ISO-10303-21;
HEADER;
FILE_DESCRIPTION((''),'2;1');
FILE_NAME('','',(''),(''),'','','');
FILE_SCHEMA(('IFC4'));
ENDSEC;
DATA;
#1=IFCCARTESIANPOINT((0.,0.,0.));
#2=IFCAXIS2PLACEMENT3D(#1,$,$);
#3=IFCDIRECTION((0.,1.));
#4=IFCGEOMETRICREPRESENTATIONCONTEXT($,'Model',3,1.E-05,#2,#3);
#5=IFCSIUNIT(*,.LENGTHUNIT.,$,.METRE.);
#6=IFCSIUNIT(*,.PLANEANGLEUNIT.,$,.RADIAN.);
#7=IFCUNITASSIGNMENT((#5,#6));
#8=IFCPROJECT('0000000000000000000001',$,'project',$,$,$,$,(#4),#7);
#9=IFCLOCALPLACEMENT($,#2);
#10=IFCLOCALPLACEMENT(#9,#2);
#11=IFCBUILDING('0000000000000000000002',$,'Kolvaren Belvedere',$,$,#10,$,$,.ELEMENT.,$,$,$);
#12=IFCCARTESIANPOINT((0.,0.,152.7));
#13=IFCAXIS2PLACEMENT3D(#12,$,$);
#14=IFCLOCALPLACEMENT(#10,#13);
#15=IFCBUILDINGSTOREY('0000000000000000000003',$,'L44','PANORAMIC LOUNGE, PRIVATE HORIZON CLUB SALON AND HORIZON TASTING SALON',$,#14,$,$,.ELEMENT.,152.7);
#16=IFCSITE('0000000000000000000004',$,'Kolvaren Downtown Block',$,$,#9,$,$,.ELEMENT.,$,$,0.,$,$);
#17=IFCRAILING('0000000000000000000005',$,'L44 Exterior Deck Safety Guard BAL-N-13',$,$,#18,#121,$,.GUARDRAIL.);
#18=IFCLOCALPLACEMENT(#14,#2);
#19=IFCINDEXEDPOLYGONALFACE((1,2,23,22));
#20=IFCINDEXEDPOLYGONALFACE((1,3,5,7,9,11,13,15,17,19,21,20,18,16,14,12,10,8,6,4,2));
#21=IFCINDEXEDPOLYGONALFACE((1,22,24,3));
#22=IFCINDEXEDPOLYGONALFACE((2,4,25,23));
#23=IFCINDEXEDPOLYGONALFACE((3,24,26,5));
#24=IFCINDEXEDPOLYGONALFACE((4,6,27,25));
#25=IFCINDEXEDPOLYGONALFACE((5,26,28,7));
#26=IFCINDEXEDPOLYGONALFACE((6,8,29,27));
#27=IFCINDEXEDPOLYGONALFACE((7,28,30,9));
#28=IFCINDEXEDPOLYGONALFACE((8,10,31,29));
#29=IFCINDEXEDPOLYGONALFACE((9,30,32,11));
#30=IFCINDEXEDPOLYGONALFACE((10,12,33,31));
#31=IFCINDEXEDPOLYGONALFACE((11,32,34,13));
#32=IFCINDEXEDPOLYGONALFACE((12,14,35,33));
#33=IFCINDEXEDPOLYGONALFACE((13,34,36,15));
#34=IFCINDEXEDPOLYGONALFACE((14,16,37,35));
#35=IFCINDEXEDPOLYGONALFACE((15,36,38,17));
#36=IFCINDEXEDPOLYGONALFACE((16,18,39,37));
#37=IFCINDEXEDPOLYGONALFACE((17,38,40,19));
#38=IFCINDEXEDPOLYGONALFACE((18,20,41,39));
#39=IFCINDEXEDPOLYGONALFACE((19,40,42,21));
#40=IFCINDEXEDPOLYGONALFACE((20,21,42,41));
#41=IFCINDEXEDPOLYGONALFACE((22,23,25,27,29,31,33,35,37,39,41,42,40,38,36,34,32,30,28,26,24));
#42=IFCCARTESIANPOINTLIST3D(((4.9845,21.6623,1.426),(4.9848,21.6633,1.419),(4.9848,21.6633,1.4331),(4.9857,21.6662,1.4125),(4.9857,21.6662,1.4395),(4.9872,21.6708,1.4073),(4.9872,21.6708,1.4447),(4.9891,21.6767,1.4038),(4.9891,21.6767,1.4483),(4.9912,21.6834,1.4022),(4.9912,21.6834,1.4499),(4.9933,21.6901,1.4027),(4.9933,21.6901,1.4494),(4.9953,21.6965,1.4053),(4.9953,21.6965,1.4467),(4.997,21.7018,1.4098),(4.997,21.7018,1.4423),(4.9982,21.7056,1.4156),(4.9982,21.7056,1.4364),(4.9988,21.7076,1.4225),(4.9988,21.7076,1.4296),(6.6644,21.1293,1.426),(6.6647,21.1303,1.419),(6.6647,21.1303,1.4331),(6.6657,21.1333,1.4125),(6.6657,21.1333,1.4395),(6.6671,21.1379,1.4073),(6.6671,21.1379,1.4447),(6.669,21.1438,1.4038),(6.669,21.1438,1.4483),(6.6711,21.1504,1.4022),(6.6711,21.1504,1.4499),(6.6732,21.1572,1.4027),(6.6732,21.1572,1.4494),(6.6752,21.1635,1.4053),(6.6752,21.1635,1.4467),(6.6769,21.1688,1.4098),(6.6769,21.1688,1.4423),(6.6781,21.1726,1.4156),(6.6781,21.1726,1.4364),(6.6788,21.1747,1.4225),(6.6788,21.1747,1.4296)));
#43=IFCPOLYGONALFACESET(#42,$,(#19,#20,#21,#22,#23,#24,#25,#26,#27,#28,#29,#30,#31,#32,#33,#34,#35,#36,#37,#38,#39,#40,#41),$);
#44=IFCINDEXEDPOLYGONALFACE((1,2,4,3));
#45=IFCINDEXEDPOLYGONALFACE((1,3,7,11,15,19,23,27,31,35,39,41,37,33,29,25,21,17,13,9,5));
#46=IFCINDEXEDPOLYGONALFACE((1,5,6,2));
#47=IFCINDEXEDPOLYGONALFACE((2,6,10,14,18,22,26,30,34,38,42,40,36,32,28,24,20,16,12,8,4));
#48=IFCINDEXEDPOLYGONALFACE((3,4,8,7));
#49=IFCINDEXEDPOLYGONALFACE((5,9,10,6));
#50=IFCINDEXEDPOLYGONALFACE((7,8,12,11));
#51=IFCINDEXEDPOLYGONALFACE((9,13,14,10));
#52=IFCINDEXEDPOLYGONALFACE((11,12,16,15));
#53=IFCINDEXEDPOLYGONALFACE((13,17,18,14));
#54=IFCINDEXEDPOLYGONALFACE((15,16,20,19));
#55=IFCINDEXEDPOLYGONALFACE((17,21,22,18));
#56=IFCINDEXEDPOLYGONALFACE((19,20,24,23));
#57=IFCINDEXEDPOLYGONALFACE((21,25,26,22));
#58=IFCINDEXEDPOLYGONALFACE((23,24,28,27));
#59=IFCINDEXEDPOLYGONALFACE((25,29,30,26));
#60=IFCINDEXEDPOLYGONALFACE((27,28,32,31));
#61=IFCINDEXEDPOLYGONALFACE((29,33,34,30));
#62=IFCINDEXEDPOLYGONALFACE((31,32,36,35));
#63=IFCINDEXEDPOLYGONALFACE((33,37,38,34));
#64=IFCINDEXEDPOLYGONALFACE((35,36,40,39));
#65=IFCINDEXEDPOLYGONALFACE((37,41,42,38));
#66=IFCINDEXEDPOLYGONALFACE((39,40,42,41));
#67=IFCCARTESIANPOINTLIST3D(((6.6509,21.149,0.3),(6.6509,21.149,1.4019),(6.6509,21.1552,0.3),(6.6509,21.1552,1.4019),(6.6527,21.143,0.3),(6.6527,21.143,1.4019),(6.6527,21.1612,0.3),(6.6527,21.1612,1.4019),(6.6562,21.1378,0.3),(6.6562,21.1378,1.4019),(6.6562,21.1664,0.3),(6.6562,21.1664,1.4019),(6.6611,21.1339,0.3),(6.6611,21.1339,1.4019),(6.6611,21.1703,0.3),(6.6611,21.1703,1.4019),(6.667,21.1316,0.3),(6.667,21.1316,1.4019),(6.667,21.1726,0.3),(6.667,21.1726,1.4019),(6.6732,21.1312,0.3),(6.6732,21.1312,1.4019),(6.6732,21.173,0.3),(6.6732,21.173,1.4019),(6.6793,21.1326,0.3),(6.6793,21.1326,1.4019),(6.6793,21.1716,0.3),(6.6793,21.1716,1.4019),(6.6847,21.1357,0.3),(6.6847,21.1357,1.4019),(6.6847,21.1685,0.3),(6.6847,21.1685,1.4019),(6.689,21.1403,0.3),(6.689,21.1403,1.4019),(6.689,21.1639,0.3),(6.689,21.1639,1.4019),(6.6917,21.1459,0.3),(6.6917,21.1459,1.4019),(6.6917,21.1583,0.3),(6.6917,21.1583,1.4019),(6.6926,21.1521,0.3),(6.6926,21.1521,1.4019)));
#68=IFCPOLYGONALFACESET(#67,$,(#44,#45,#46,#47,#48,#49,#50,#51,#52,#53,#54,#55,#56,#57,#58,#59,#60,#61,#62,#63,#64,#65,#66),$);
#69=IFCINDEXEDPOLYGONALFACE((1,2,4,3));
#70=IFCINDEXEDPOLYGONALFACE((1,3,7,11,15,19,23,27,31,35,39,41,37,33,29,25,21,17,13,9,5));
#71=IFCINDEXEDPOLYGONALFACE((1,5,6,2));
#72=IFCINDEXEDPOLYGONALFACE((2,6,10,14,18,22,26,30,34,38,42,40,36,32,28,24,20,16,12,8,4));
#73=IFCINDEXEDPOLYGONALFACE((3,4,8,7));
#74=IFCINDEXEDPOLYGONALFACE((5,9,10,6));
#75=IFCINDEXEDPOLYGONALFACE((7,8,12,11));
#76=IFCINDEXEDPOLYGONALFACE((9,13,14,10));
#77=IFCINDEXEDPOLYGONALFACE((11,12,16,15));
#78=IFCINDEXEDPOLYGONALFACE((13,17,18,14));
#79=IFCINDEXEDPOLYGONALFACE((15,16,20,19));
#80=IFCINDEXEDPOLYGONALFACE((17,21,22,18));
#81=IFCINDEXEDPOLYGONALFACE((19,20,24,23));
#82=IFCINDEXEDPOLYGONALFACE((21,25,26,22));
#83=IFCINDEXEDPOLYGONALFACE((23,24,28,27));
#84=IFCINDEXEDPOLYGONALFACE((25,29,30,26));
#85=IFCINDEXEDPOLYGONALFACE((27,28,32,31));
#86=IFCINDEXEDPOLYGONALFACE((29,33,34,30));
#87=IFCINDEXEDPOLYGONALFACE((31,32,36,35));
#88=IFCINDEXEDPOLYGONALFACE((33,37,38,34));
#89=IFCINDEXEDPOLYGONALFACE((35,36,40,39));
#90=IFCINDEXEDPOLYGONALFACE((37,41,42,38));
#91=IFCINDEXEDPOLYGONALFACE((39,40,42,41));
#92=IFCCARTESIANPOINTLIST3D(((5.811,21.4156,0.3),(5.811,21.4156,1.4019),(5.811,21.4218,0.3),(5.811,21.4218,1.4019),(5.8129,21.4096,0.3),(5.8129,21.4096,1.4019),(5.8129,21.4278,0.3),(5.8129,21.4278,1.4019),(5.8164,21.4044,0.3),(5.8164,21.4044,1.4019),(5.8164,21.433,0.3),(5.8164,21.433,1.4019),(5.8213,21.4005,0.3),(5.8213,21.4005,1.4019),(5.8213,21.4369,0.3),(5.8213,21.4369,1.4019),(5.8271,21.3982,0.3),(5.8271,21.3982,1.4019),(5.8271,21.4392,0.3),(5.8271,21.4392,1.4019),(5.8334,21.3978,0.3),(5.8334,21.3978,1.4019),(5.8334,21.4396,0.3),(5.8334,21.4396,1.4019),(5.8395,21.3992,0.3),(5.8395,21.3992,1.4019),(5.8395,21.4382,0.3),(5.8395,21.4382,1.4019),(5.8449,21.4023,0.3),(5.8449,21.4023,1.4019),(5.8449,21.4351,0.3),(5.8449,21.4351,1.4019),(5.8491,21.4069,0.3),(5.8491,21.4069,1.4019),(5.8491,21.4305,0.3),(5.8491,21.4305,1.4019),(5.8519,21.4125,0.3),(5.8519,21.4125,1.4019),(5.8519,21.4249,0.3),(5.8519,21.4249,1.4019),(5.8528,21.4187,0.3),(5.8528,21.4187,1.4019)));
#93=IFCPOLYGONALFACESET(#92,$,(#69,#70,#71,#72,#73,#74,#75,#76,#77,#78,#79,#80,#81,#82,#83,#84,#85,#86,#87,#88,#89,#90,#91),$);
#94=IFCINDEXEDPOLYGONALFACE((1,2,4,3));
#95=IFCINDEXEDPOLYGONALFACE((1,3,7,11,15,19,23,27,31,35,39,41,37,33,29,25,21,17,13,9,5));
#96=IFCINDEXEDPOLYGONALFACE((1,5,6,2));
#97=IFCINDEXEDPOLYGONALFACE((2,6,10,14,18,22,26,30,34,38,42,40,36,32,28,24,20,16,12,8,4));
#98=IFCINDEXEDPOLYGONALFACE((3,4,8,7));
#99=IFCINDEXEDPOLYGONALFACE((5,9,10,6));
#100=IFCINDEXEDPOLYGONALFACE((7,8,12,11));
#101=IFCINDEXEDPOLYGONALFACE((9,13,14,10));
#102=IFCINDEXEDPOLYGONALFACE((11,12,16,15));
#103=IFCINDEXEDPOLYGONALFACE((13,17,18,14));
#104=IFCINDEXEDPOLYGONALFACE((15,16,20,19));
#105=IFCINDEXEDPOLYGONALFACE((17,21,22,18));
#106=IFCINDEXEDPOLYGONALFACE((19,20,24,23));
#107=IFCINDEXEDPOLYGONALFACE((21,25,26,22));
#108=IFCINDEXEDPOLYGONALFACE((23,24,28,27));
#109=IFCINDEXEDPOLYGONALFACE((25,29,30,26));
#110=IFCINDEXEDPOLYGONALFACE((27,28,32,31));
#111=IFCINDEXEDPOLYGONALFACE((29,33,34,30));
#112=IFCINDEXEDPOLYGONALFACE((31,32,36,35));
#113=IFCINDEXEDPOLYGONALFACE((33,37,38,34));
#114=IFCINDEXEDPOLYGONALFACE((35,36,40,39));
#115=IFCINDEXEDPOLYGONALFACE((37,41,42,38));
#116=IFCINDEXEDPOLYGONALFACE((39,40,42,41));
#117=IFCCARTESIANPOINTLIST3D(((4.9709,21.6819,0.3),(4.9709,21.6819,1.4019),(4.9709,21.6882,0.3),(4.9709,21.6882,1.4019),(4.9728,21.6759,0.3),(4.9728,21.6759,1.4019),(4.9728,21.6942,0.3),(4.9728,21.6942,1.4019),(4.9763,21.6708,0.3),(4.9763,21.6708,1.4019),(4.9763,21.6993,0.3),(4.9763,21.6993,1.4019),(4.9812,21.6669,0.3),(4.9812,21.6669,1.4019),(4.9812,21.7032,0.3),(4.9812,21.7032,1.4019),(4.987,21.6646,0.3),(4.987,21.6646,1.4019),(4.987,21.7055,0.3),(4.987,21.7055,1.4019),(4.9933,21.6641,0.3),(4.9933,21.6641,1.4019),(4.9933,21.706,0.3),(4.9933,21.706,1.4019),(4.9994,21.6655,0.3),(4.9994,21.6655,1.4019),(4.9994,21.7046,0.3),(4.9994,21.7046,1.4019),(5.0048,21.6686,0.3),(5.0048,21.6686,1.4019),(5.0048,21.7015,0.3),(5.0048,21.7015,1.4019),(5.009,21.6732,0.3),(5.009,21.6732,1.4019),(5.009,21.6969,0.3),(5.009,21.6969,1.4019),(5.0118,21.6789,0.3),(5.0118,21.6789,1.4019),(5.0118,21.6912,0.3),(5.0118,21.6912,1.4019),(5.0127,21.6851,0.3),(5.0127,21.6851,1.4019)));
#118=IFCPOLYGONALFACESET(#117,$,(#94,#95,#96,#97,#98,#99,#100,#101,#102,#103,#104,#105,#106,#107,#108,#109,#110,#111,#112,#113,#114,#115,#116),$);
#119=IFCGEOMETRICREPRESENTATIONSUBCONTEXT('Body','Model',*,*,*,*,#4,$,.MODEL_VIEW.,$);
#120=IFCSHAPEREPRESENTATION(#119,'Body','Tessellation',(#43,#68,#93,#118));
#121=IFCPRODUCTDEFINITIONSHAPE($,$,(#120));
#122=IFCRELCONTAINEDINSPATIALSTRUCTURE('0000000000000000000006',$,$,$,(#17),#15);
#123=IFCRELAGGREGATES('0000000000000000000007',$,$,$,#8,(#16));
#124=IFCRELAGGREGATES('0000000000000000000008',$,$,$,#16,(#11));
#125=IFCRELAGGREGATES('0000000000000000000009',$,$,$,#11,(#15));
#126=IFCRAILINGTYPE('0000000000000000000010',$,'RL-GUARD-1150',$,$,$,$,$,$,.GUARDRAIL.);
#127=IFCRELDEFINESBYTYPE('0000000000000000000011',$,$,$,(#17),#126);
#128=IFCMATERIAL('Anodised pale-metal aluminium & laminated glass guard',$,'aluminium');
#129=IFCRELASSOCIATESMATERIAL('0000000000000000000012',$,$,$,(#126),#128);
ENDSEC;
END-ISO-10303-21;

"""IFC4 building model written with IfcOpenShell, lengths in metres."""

from ifc_helpers import new_model, si_unit, direction, frame, origin, origin_2d, place, context, subcontext, project, spatial, circle, extrude, material, type_object, element, save


model = new_model("IFC4")

# Units and contexts
model_context = context("Model", 3, precision=1e-05, world=origin(), true_north=direction((0.0, 1.0)))
body_context = subcontext(model_context, "Body", "Model", "MODEL_VIEW")
ifc_project = project(units=[si_unit("LENGTHUNIT", "METRE"), si_unit("PLANEANGLEUNIT", "RADIAN")], contexts=[model_context])

# Site, building, storey
site_placement = place(None, origin())
site = spatial("IfcSite", under=ifc_project, at=site_placement, Name="Kolvaren Downtown Block", CompositionType="ELEMENT", RefElevation=0.0)
building_placement = place(site_placement, origin())
building = spatial("IfcBuilding", under=site, at=building_placement, Name="Kolvaren Belvedere", CompositionType="ELEMENT")
storey_placement = place(building_placement, frame((0.0, 0.0, 152.7)))
storey = spatial("IfcBuildingStorey", under=building, at=storey_placement, Name="L44", Description="PANORAMIC LOUNGE, PRIVATE HORIZON CLUB SALON AND HORIZON TASTING SALON", CompositionType="ELEMENT", Elevation=152.7)

# Railing
ifc_material_1 = material(Name="Anodised pale-metal aluminium & laminated glass guard", Category="aluminium")
railing_type = type_object("IfcRailingType", Name="RL-GUARD-1150", PredefinedType="GUARDRAIL", material=ifc_material_1)
railing_1_placement = place(storey_placement, frame((6.6716, 21.1521, 0.3)))
element("IfcRailing", 1, at=railing_1_placement, inside=storey, type_object=railing_type, Name="L44 Exterior Deck Safety Guard BAL-N-13", PredefinedType="GUARDRAIL", context=body_context, shape_type="SweptSolid", body=[
    extrude(circle(Radius=0.0239, at=origin_2d()), frame((0.0, 0.0, 1.126), z_axis=(-0.953182, 0.302397, 0.0), x_axis=(-0.302397, -0.953182, 0.0)), (0.0, 0.0, 1.0), 1.7625),
    extrude(circle(Radius=0.021, at=origin_2d()), origin(), (0.0, 0.0, 1.0), 1.1018),
    extrude(circle(Radius=0.021, at=origin_2d()), frame((-0.8398, 0.2666, 0.0)), (0.0, 0.0, 1.0), 1.1018),
    extrude(circle(Radius=0.021, at=origin_2d()), frame((-1.6799, 0.533, 0.0)), (0.0, 0.0, 1.0), 1.1018),
])

save(model, "model.ifc")
